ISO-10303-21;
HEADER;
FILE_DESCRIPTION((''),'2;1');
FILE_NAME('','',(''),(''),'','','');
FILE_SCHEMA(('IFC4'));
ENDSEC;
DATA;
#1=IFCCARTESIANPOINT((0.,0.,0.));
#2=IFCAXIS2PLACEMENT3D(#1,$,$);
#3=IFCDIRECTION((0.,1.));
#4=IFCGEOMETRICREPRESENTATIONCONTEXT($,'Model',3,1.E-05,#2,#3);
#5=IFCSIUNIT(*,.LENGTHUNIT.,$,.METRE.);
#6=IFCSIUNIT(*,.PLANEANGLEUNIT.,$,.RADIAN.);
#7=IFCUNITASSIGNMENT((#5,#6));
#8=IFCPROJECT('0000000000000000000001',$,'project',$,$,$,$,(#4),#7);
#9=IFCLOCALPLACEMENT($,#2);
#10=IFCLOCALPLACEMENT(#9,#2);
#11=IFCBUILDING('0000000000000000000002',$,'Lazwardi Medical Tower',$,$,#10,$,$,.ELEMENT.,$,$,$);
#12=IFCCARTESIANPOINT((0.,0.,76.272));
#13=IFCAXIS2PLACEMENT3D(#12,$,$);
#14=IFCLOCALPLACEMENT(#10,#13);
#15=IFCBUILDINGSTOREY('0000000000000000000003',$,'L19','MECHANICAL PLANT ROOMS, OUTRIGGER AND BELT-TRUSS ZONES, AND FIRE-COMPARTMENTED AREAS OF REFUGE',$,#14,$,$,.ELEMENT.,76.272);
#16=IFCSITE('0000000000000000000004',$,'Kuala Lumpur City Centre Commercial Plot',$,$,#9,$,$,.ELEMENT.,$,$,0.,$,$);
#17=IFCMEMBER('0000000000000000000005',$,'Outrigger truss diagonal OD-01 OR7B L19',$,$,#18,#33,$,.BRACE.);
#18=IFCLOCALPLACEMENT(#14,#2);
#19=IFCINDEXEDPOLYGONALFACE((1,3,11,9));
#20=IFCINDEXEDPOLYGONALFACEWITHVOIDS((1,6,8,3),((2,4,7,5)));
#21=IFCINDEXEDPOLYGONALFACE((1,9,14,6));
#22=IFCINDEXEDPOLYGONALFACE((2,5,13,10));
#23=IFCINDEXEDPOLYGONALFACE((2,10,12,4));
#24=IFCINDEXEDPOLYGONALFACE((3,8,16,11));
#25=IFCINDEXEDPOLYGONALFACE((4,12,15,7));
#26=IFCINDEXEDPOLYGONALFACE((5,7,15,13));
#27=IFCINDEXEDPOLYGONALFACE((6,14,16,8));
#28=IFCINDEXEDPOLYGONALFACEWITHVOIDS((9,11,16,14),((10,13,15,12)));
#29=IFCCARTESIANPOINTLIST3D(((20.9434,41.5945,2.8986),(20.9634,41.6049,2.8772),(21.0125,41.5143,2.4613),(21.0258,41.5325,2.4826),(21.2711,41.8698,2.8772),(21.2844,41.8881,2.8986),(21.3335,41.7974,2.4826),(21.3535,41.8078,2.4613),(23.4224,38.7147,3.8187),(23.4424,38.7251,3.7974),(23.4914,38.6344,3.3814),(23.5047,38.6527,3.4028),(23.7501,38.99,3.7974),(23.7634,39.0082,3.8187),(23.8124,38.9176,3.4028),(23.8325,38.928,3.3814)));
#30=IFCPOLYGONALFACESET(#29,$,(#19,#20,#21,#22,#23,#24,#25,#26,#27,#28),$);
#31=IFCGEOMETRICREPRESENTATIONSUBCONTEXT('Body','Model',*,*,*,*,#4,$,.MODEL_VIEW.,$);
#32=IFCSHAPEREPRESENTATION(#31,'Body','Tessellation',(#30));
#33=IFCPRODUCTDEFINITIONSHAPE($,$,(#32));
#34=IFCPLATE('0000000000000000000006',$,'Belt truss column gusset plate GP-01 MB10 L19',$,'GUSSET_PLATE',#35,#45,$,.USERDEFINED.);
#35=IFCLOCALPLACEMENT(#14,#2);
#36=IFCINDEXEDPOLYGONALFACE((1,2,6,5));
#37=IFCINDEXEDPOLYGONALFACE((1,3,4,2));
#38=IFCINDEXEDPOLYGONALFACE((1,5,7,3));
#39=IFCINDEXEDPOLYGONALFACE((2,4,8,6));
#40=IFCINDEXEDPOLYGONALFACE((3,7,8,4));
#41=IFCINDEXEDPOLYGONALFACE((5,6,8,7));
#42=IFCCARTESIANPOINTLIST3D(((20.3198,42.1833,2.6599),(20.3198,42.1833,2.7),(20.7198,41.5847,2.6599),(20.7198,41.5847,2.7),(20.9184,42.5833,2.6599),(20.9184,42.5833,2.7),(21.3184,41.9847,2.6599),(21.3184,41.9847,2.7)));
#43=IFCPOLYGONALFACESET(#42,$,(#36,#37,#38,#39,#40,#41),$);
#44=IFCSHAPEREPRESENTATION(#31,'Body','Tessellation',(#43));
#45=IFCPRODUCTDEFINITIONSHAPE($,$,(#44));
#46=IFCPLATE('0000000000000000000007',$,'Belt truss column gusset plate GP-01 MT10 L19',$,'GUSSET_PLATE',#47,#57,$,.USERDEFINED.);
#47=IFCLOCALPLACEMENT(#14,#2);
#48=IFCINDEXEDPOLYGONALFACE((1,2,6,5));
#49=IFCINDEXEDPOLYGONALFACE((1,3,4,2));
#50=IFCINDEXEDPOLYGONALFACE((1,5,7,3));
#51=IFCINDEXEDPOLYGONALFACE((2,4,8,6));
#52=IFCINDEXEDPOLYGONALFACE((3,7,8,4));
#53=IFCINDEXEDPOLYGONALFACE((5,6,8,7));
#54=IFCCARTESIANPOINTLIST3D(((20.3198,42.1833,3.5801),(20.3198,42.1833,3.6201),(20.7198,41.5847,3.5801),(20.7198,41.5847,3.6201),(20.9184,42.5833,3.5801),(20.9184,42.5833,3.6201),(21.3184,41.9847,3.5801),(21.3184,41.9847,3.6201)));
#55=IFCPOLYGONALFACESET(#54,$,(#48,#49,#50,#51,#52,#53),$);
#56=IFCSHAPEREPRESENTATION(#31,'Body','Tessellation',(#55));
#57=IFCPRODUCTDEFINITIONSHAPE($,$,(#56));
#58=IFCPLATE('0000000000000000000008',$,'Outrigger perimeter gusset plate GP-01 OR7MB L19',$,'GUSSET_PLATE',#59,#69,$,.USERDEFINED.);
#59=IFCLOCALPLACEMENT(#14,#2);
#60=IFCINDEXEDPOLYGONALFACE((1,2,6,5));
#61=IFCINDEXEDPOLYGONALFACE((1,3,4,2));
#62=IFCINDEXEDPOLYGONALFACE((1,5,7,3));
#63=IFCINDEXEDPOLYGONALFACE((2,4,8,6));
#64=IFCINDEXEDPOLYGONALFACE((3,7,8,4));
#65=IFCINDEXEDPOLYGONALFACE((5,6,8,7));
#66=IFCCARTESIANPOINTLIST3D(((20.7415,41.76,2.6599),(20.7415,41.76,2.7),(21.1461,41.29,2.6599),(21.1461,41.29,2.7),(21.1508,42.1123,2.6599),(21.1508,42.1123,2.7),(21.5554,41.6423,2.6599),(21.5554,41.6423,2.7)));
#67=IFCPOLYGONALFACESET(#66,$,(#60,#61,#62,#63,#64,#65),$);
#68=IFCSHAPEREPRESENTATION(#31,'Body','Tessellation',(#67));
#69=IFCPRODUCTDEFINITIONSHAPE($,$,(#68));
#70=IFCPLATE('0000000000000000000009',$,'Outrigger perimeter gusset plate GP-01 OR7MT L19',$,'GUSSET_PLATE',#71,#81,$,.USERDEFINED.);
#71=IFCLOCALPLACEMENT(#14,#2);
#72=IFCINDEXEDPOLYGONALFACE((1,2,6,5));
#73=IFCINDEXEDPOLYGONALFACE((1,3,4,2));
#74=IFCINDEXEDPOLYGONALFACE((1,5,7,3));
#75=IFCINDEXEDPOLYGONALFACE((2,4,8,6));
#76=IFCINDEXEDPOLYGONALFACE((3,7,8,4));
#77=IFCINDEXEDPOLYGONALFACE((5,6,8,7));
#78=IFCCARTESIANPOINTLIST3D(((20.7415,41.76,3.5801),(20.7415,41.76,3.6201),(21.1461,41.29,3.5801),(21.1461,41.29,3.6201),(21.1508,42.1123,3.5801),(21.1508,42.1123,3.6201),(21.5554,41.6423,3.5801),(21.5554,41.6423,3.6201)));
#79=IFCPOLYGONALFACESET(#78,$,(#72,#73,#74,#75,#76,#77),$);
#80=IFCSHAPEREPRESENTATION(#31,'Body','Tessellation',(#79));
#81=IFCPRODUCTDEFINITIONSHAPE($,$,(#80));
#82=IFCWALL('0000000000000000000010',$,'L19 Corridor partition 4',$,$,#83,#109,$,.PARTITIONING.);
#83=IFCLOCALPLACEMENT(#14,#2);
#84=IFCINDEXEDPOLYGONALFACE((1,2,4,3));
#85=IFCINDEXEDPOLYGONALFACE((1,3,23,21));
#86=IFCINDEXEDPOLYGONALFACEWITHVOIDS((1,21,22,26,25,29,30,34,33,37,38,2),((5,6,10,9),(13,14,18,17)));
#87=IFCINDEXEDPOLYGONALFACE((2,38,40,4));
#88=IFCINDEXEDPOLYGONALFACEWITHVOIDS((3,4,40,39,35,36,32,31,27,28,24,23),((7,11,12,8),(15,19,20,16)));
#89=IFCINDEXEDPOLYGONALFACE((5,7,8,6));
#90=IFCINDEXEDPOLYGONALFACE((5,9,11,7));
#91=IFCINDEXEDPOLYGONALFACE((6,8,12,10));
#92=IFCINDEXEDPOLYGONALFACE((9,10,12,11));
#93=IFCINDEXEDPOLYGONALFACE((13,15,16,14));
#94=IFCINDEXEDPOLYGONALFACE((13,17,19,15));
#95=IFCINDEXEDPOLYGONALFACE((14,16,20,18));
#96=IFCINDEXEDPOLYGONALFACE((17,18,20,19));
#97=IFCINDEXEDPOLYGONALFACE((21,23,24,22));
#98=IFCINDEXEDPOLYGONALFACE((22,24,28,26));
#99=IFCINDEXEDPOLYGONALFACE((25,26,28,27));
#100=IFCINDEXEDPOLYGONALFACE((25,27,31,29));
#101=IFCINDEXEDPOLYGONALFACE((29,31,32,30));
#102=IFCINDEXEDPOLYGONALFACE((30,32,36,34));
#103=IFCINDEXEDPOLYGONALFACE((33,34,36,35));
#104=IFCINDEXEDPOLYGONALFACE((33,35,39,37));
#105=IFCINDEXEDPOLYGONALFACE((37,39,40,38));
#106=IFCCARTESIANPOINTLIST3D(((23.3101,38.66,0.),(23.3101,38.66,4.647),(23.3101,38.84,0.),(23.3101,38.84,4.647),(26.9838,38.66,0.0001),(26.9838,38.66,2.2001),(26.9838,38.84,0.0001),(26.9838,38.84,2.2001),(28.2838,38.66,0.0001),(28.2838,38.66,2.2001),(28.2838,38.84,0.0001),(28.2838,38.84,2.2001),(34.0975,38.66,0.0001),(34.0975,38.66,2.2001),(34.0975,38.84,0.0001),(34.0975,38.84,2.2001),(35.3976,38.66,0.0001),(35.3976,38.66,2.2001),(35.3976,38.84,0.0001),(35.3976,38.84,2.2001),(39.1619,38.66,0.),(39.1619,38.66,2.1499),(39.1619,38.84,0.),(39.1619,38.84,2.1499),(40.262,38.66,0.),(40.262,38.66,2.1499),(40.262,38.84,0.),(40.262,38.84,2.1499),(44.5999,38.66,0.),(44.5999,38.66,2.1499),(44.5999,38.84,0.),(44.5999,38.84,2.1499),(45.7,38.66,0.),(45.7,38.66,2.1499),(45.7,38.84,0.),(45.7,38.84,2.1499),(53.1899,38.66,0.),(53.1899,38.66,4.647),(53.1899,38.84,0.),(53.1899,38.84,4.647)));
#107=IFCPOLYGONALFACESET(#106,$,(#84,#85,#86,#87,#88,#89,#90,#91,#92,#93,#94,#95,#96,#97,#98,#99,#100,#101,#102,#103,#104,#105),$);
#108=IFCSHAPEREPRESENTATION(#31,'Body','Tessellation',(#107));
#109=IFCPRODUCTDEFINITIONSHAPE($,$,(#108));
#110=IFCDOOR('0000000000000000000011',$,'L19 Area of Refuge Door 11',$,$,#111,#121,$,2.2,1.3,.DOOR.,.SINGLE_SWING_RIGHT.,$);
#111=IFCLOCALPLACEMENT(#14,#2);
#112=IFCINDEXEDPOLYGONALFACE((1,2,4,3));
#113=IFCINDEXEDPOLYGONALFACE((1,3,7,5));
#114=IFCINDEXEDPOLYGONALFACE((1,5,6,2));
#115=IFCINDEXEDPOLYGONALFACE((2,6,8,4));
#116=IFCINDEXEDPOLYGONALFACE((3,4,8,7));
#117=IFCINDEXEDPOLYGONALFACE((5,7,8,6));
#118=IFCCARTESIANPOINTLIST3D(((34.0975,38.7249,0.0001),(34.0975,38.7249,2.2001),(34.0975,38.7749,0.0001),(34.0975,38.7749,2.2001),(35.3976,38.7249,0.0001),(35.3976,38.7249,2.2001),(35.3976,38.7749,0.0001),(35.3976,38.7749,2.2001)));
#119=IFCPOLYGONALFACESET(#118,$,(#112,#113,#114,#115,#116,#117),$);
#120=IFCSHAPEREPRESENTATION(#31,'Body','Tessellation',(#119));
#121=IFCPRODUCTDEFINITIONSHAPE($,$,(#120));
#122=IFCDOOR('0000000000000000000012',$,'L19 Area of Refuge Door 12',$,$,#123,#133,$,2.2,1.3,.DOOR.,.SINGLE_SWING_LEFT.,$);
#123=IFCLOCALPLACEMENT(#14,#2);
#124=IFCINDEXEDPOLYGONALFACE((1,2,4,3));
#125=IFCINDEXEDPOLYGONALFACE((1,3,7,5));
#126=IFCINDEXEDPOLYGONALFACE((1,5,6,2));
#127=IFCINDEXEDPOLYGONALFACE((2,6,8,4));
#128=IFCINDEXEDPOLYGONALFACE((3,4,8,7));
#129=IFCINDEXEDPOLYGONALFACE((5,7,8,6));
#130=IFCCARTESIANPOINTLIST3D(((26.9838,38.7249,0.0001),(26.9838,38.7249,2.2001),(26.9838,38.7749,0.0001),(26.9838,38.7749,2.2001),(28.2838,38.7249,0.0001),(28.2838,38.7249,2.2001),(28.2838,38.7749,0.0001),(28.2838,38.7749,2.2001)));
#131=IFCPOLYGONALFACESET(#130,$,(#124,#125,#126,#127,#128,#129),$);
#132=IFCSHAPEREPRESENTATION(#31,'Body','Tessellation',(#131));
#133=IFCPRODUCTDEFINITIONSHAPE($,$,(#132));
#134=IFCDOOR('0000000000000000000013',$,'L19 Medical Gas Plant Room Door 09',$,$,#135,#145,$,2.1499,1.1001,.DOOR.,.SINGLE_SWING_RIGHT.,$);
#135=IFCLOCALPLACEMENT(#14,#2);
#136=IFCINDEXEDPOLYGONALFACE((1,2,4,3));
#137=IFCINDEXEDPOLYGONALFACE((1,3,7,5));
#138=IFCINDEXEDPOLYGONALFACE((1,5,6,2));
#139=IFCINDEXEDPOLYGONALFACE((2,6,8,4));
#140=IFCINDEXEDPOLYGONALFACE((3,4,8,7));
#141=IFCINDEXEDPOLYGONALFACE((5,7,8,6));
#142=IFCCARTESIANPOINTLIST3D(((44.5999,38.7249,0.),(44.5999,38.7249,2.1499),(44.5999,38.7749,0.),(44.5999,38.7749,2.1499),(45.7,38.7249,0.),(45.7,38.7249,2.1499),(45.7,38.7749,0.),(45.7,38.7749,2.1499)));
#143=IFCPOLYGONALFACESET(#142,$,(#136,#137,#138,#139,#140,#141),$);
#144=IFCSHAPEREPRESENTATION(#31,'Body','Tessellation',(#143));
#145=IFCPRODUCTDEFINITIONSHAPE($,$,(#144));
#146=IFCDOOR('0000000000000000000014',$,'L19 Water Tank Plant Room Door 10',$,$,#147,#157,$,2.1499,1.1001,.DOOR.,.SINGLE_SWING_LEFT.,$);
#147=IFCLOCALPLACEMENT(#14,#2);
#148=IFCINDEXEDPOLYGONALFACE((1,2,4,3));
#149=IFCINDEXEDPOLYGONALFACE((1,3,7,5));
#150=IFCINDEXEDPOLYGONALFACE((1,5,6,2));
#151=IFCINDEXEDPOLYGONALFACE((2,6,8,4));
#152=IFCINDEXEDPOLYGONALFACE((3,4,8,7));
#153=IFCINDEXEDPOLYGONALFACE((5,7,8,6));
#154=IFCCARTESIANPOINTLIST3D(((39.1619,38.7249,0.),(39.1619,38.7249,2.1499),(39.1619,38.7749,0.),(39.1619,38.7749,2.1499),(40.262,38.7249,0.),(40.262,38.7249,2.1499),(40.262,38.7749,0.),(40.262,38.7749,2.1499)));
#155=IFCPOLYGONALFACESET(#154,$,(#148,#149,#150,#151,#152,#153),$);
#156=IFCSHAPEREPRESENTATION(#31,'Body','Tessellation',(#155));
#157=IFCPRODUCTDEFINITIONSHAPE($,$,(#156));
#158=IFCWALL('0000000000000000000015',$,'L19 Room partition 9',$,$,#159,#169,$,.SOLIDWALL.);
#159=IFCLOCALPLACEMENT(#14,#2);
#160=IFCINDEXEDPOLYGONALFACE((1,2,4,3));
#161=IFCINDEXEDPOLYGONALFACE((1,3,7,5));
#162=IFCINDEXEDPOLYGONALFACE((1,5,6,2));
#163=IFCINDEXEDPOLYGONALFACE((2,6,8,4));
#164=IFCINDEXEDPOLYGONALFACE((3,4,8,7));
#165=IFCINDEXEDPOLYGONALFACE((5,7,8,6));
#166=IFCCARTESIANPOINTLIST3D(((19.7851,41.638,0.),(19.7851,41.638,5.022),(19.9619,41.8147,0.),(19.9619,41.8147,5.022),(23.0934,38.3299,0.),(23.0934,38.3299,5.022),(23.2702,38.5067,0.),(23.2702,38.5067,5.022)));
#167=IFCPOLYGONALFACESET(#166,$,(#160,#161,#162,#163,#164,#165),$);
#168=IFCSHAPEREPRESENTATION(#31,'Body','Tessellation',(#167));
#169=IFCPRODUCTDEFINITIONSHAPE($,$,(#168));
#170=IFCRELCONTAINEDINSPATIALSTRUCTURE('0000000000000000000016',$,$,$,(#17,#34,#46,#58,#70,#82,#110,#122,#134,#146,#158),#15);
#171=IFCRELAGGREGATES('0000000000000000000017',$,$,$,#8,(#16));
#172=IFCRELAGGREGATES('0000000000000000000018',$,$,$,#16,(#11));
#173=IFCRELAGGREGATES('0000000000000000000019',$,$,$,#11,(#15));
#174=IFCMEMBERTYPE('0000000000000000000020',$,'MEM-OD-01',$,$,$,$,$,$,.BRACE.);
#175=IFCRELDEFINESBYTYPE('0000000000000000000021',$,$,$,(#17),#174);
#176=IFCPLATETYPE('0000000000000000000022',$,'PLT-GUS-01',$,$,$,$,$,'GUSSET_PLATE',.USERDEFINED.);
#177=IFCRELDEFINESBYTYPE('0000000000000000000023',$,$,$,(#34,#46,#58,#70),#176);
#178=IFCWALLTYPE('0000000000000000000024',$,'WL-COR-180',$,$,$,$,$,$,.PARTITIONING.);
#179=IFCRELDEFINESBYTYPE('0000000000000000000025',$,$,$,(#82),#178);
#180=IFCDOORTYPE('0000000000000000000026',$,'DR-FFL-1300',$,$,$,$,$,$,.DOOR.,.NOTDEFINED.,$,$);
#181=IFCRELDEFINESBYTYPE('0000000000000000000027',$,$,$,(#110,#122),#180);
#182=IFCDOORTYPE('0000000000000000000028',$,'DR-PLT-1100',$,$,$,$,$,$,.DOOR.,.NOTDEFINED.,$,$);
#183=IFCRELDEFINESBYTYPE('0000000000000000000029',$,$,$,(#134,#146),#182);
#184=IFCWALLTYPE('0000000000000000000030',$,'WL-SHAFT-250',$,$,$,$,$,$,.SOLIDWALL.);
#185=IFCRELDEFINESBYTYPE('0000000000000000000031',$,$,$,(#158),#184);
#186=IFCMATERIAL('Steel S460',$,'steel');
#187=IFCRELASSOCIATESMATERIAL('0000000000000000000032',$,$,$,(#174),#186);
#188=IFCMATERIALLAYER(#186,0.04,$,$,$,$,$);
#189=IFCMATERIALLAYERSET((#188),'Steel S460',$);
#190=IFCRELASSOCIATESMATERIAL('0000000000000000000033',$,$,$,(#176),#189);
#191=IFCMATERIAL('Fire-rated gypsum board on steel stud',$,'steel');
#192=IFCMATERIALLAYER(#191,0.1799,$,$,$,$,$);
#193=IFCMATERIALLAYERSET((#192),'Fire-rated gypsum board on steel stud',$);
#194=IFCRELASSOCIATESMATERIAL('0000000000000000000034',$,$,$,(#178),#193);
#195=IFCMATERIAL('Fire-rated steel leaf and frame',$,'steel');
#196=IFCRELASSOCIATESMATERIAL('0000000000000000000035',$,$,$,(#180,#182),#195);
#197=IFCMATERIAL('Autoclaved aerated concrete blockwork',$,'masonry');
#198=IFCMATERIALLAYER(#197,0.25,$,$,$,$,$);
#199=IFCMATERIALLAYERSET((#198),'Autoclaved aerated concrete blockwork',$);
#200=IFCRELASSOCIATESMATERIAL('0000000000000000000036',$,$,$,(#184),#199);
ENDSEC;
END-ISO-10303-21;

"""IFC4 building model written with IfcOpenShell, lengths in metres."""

from ifc_helpers import new_model, si_unit, direction, frame, frame_2d, origin, origin_2d, place, context, subcontext, project, spatial, rectangle, hollow_rectangle, extrude, material, layer, layer_set, material_profile, profile_set, type_object, element, fill, save


model = new_model("IFC4")

# Units and contexts
model_context = context("Model", 3, precision=1e-05, world=origin(), true_north=direction((0.0, 1.0)))
body_context = subcontext(model_context, "Body", "Model", "MODEL_VIEW")
ifc_project = project(units=[si_unit("LENGTHUNIT", "METRE"), si_unit("PLANEANGLEUNIT", "RADIAN")], contexts=[model_context])

# Site, building, storey
site_placement = place(None, origin())
site = spatial("IfcSite", under=ifc_project, at=site_placement, Name="Kuala Lumpur City Centre Commercial Plot", CompositionType="ELEMENT", RefElevation=0.0)
building_placement = place(site_placement, origin())
building = spatial("IfcBuilding", under=site, at=building_placement, Name="Lazwardi Medical Tower", CompositionType="ELEMENT")
storey_placement = place(building_placement, frame((0.0, 0.0, 76.272)))
storey = spatial("IfcBuildingStorey", under=building, at=storey_placement, Name="L19", Description="MECHANICAL PLANT ROOMS, OUTRIGGER AND BELT-TRUSS ZONES, AND FIRE-COMPARTMENTED AREAS OF REFUGE", CompositionType="ELEMENT", Elevation=76.272)

# Shared definitions
ifc_material_1 = material(Name="Steel S460", Category="steel")

# Member
ifc_material_profile_1 = material_profile(ifc_material_1, hollow_rectangle(XDim=0.45, YDim=0.45, WallThickness=0.022, at=origin_2d()), Name="RHS 450x450x22")
ifc_profile_set_1 = profile_set([ifc_material_profile_1], Name="Steel S460")
member_type_1 = type_object("IfcMemberType", Name="MEM-OD-01", PredefinedType="BRACE", material=ifc_profile_set_1)
member_1_placement = place(storey_placement, frame((21.1484, 41.7012, 2.6799), z_axis=(0.634062, -0.736596, 0.235354), x_axis=(0.757885, 0.652388, 0.0)))
element("IfcMember", 1, at=member_1_placement, inside=storey, type_object=member_type_1, Name="Outrigger truss diagonal OD-01 OR7B L19", PredefinedType="BRACE", context=body_context, shape_type="SweptSolid", body=[
    extrude(hollow_rectangle(XDim=0.45, YDim=0.45, WallThickness=0.022, at=origin_2d()), origin(), (0.0, 0.0, 1.0), 3.9097),
])

# Plates
ifc_layer_1 = layer(ifc_material_1, 0.04)
ifc_layer_set_1 = layer_set([ifc_layer_1], Name="Steel S460")
plate_type = type_object("IfcPlateType", Name="PLT-GUS-01", ElementType="GUSSET_PLATE", PredefinedType="USERDEFINED", material=ifc_layer_set_1)
for number, where, z_axis, x_axis, name in (
    (2, (20.8191, 42.084, 2.6599), (0.0, 0.0, 1.0), (-0.55557, 0.83147, 0.0), "Belt truss column gusset plate GP-01 MB10 L19"),
    (3, (20.8191, 42.084, 3.5801), (0.0, 0.0, 1.0), (-0.55557, 0.83147, 0.0), "Belt truss column gusset plate GP-01 MT10 L19"),
):
    element("IfcPlate", number, at=place(storey_placement, frame(where, z_axis=z_axis, x_axis=x_axis)), inside=storey, type_object=plate_type, Name=name, ObjectType="GUSSET_PLATE", PredefinedType="USERDEFINED", context=body_context, shape_type="SweptSolid", body=[
        extrude(rectangle(XDim=0.72, YDim=0.72, at=origin_2d()), origin(), (0.0, 0.0, 1.0), 0.04),
    ])
for number, where, z_axis, x_axis, name in (
    (4, (21.1484, 41.7012, 2.6599), (0.0, 0.0, 1.0), (-0.652363, 0.757907, 0.0), "Outrigger perimeter gusset plate GP-01 OR7MB L19"),
    (5, (21.1484, 41.7012, 3.5801), (0.0, 0.0, 1.0), (-0.652363, 0.757907, 0.0), "Outrigger perimeter gusset plate GP-01 OR7MT L19"),
):
    element("IfcPlate", number, at=place(storey_placement, frame(where, z_axis=z_axis, x_axis=x_axis)), inside=storey, type_object=plate_type, Name=name, ObjectType="GUSSET_PLATE", PredefinedType="USERDEFINED", context=body_context, shape_type="SweptSolid", body=[
        extrude(rectangle(XDim=0.6201, YDim=0.54, at=origin_2d()), origin(), (0.0, 0.0, 1.0), 0.04),
    ])

# Wall, openings, doors
ifc_material_2 = material(Name="Fire-rated gypsum board on steel stud", Category="steel")
ifc_layer_2 = layer(ifc_material_2, 0.1799)
ifc_layer_set_2 = layer_set([ifc_layer_2], Name="Fire-rated gypsum board on steel stud")
wall_type_1 = type_object("IfcWallType", Name="WL-COR-180", PredefinedType="PARTITIONING", material=ifc_layer_set_2)
wall_1_placement = place(storey_placement, frame((23.3101, 38.75, 0.0), z_axis=(0.0, 0.0, 1.0), x_axis=(1.0, 0.0, 0.0)))
wall_1 = element("IfcWall", 6, at=wall_1_placement, inside=storey, type_object=wall_type_1, Name="L19 Corridor partition 4", PredefinedType="PARTITIONING", context=body_context, shape_type="SweptSolid", body=[
    extrude(rectangle(XDim=29.8799, YDim=0.1799, at=frame_2d((14.9399, 0.0))), origin(), (0.0, 0.0, 1.0), 4.647),
])
opening_1_placement = place(wall_1_placement, frame((21.2898, 0.0, 0.0)))
opening_1 = element("IfcOpeningElement", 7, at=opening_1_placement, cuts=wall_1, PredefinedType="OPENING", context=body_context, shape_type="SweptSolid", body=[
    extrude(rectangle(XDim=1.1001, YDim=2.1499, at=frame_2d((0.55, 1.075))), frame((0.0, 0.0999, 0.0), z_axis=(0.0, -1.0, 0.0), x_axis=(1.0, 0.0, 0.0)), (0.0, 0.0, 1.0), 0.2),
])
opening_2_placement = place(wall_1_placement, frame((15.8518, 0.0, 0.0)))
opening_2 = element("IfcOpeningElement", 8, at=opening_2_placement, cuts=wall_1, PredefinedType="OPENING", context=body_context, shape_type="SweptSolid", body=[
    extrude(rectangle(XDim=1.1001, YDim=2.1499, at=frame_2d((0.55, 1.075))), frame((0.0, 0.0999, 0.0), z_axis=(0.0, -1.0, 0.0), x_axis=(1.0, 0.0, 0.0)), (0.0, 0.0, 1.0), 0.2),
])
opening_3_placement = place(wall_1_placement, frame((10.7876, 0.0, 0.0)))
opening_3 = element("IfcOpeningElement", 9, at=opening_3_placement, cuts=wall_1, PredefinedType="OPENING", context=body_context, shape_type="SweptSolid", body=[
    extrude(rectangle(XDim=1.3, YDim=2.2, at=frame_2d((0.6499, 1.1001))), frame((0.0, 0.0999, 0.0), z_axis=(0.0, -1.0, 0.0), x_axis=(1.0, 0.0, 0.0)), (0.0, 0.0, 1.0), 0.2),
])
opening_4_placement = place(wall_1_placement, frame((3.6738, 0.0, 0.0)))
opening_4 = element("IfcOpeningElement", 10, at=opening_4_placement, cuts=wall_1, PredefinedType="OPENING", context=body_context, shape_type="SweptSolid", body=[
    extrude(rectangle(XDim=1.3, YDim=2.2, at=frame_2d((0.6499, 1.1001))), frame((0.0, 0.0999, 0.0), z_axis=(0.0, -1.0, 0.0), x_axis=(1.0, 0.0, 0.0)), (0.0, 0.0, 1.0), 0.2),
])
ifc_material_3 = material(Name="Fire-rated steel leaf and frame", Category="steel")
door_type_1 = type_object("IfcDoorType", Name="DR-FFL-1300", OperationType="NOTDEFINED", PredefinedType="DOOR", material=ifc_material_3)
door_1_placement = place(opening_3_placement, origin())
door_1 = element("IfcDoor", 11, at=door_1_placement, inside=storey, type_object=door_type_1, Name="L19 Area of Refuge Door 11", OperationType="SINGLE_SWING_RIGHT", OverallHeight=2.2, OverallWidth=1.3, PredefinedType="DOOR", context=body_context, shape_type="SweptSolid", body=[
    extrude(rectangle(XDim=1.3, YDim=2.2, at=frame_2d((0.6499, 1.1001))), frame((0.0, 0.0249, 0.0), z_axis=(0.0, -1.0, 0.0), x_axis=(1.0, 0.0, 0.0)), (0.0, 0.0, 1.0), 0.05),
])
fill(opening_3, door_1)
door_2_placement = place(opening_4_placement, origin())
door_2 = element("IfcDoor", 12, at=door_2_placement, inside=storey, type_object=door_type_1, Name="L19 Area of Refuge Door 12", OperationType="SINGLE_SWING_LEFT", OverallHeight=2.2, OverallWidth=1.3, PredefinedType="DOOR", context=body_context, shape_type="SweptSolid", body=[
    extrude(rectangle(XDim=1.3, YDim=2.2, at=frame_2d((0.6499, 1.1001))), frame((0.0, 0.0249, 0.0), z_axis=(0.0, -1.0, 0.0), x_axis=(1.0, 0.0, 0.0)), (0.0, 0.0, 1.0), 0.05),
])
fill(opening_4, door_2)
door_type_2 = type_object("IfcDoorType", Name="DR-PLT-1100", OperationType="NOTDEFINED", PredefinedType="DOOR", material=ifc_material_3)
door_3_placement = place(opening_1_placement, origin())
door_3 = element("IfcDoor", 13, at=door_3_placement, inside=storey, type_object=door_type_2, Name="L19 Medical Gas Plant Room Door 09", OperationType="SINGLE_SWING_RIGHT", OverallHeight=2.1499, OverallWidth=1.1001, PredefinedType="DOOR", context=body_context, shape_type="SweptSolid", body=[
    extrude(rectangle(XDim=1.1001, YDim=2.1499, at=frame_2d((0.55, 1.075))), frame((0.0, 0.0249, 0.0), z_axis=(0.0, -1.0, 0.0), x_axis=(1.0, 0.0, 0.0)), (0.0, 0.0, 1.0), 0.05),
])
fill(opening_1, door_3)
door_4_placement = place(opening_2_placement, origin())
door_4 = element("IfcDoor", 14, at=door_4_placement, inside=storey, type_object=door_type_2, Name="L19 Water Tank Plant Room Door 10", OperationType="SINGLE_SWING_LEFT", OverallHeight=2.1499, OverallWidth=1.1001, PredefinedType="DOOR", context=body_context, shape_type="SweptSolid", body=[
    extrude(rectangle(XDim=1.1001, YDim=2.1499, at=frame_2d((0.55, 1.075))), frame((0.0, 0.0249, 0.0), z_axis=(0.0, -1.0, 0.0), x_axis=(1.0, 0.0, 0.0)), (0.0, 0.0, 1.0), 0.05),
])
fill(opening_2, door_4)

# Wall
ifc_material_4 = material(Name="Autoclaved aerated concrete blockwork", Category="masonry")
ifc_layer_3 = layer(ifc_material_4, 0.25)
ifc_layer_set_3 = layer_set([ifc_layer_3], Name="Autoclaved aerated concrete blockwork")
wall_type_2 = type_object("IfcWallType", Name="WL-SHAFT-250", PredefinedType="SOLIDWALL", material=ifc_layer_set_3)
wall_2_placement = place(storey_placement, frame((23.1819, 38.4182, 0.0), z_axis=(0.0, 0.0, 1.0), x_axis=(-0.707133, 0.707081, 0.0)))
element("IfcWall", 15, at=wall_2_placement, inside=storey, type_object=wall_type_2, Name="L19 Room partition 9", PredefinedType="SOLIDWALL", context=body_context, shape_type="SweptSolid", body=[
    extrude(rectangle(XDim=4.6785, YDim=0.25, at=frame_2d((2.3394, 0.0))), origin(), (0.0, 0.0, 1.0), 5.022),
])

save(model, "model.ifc")
